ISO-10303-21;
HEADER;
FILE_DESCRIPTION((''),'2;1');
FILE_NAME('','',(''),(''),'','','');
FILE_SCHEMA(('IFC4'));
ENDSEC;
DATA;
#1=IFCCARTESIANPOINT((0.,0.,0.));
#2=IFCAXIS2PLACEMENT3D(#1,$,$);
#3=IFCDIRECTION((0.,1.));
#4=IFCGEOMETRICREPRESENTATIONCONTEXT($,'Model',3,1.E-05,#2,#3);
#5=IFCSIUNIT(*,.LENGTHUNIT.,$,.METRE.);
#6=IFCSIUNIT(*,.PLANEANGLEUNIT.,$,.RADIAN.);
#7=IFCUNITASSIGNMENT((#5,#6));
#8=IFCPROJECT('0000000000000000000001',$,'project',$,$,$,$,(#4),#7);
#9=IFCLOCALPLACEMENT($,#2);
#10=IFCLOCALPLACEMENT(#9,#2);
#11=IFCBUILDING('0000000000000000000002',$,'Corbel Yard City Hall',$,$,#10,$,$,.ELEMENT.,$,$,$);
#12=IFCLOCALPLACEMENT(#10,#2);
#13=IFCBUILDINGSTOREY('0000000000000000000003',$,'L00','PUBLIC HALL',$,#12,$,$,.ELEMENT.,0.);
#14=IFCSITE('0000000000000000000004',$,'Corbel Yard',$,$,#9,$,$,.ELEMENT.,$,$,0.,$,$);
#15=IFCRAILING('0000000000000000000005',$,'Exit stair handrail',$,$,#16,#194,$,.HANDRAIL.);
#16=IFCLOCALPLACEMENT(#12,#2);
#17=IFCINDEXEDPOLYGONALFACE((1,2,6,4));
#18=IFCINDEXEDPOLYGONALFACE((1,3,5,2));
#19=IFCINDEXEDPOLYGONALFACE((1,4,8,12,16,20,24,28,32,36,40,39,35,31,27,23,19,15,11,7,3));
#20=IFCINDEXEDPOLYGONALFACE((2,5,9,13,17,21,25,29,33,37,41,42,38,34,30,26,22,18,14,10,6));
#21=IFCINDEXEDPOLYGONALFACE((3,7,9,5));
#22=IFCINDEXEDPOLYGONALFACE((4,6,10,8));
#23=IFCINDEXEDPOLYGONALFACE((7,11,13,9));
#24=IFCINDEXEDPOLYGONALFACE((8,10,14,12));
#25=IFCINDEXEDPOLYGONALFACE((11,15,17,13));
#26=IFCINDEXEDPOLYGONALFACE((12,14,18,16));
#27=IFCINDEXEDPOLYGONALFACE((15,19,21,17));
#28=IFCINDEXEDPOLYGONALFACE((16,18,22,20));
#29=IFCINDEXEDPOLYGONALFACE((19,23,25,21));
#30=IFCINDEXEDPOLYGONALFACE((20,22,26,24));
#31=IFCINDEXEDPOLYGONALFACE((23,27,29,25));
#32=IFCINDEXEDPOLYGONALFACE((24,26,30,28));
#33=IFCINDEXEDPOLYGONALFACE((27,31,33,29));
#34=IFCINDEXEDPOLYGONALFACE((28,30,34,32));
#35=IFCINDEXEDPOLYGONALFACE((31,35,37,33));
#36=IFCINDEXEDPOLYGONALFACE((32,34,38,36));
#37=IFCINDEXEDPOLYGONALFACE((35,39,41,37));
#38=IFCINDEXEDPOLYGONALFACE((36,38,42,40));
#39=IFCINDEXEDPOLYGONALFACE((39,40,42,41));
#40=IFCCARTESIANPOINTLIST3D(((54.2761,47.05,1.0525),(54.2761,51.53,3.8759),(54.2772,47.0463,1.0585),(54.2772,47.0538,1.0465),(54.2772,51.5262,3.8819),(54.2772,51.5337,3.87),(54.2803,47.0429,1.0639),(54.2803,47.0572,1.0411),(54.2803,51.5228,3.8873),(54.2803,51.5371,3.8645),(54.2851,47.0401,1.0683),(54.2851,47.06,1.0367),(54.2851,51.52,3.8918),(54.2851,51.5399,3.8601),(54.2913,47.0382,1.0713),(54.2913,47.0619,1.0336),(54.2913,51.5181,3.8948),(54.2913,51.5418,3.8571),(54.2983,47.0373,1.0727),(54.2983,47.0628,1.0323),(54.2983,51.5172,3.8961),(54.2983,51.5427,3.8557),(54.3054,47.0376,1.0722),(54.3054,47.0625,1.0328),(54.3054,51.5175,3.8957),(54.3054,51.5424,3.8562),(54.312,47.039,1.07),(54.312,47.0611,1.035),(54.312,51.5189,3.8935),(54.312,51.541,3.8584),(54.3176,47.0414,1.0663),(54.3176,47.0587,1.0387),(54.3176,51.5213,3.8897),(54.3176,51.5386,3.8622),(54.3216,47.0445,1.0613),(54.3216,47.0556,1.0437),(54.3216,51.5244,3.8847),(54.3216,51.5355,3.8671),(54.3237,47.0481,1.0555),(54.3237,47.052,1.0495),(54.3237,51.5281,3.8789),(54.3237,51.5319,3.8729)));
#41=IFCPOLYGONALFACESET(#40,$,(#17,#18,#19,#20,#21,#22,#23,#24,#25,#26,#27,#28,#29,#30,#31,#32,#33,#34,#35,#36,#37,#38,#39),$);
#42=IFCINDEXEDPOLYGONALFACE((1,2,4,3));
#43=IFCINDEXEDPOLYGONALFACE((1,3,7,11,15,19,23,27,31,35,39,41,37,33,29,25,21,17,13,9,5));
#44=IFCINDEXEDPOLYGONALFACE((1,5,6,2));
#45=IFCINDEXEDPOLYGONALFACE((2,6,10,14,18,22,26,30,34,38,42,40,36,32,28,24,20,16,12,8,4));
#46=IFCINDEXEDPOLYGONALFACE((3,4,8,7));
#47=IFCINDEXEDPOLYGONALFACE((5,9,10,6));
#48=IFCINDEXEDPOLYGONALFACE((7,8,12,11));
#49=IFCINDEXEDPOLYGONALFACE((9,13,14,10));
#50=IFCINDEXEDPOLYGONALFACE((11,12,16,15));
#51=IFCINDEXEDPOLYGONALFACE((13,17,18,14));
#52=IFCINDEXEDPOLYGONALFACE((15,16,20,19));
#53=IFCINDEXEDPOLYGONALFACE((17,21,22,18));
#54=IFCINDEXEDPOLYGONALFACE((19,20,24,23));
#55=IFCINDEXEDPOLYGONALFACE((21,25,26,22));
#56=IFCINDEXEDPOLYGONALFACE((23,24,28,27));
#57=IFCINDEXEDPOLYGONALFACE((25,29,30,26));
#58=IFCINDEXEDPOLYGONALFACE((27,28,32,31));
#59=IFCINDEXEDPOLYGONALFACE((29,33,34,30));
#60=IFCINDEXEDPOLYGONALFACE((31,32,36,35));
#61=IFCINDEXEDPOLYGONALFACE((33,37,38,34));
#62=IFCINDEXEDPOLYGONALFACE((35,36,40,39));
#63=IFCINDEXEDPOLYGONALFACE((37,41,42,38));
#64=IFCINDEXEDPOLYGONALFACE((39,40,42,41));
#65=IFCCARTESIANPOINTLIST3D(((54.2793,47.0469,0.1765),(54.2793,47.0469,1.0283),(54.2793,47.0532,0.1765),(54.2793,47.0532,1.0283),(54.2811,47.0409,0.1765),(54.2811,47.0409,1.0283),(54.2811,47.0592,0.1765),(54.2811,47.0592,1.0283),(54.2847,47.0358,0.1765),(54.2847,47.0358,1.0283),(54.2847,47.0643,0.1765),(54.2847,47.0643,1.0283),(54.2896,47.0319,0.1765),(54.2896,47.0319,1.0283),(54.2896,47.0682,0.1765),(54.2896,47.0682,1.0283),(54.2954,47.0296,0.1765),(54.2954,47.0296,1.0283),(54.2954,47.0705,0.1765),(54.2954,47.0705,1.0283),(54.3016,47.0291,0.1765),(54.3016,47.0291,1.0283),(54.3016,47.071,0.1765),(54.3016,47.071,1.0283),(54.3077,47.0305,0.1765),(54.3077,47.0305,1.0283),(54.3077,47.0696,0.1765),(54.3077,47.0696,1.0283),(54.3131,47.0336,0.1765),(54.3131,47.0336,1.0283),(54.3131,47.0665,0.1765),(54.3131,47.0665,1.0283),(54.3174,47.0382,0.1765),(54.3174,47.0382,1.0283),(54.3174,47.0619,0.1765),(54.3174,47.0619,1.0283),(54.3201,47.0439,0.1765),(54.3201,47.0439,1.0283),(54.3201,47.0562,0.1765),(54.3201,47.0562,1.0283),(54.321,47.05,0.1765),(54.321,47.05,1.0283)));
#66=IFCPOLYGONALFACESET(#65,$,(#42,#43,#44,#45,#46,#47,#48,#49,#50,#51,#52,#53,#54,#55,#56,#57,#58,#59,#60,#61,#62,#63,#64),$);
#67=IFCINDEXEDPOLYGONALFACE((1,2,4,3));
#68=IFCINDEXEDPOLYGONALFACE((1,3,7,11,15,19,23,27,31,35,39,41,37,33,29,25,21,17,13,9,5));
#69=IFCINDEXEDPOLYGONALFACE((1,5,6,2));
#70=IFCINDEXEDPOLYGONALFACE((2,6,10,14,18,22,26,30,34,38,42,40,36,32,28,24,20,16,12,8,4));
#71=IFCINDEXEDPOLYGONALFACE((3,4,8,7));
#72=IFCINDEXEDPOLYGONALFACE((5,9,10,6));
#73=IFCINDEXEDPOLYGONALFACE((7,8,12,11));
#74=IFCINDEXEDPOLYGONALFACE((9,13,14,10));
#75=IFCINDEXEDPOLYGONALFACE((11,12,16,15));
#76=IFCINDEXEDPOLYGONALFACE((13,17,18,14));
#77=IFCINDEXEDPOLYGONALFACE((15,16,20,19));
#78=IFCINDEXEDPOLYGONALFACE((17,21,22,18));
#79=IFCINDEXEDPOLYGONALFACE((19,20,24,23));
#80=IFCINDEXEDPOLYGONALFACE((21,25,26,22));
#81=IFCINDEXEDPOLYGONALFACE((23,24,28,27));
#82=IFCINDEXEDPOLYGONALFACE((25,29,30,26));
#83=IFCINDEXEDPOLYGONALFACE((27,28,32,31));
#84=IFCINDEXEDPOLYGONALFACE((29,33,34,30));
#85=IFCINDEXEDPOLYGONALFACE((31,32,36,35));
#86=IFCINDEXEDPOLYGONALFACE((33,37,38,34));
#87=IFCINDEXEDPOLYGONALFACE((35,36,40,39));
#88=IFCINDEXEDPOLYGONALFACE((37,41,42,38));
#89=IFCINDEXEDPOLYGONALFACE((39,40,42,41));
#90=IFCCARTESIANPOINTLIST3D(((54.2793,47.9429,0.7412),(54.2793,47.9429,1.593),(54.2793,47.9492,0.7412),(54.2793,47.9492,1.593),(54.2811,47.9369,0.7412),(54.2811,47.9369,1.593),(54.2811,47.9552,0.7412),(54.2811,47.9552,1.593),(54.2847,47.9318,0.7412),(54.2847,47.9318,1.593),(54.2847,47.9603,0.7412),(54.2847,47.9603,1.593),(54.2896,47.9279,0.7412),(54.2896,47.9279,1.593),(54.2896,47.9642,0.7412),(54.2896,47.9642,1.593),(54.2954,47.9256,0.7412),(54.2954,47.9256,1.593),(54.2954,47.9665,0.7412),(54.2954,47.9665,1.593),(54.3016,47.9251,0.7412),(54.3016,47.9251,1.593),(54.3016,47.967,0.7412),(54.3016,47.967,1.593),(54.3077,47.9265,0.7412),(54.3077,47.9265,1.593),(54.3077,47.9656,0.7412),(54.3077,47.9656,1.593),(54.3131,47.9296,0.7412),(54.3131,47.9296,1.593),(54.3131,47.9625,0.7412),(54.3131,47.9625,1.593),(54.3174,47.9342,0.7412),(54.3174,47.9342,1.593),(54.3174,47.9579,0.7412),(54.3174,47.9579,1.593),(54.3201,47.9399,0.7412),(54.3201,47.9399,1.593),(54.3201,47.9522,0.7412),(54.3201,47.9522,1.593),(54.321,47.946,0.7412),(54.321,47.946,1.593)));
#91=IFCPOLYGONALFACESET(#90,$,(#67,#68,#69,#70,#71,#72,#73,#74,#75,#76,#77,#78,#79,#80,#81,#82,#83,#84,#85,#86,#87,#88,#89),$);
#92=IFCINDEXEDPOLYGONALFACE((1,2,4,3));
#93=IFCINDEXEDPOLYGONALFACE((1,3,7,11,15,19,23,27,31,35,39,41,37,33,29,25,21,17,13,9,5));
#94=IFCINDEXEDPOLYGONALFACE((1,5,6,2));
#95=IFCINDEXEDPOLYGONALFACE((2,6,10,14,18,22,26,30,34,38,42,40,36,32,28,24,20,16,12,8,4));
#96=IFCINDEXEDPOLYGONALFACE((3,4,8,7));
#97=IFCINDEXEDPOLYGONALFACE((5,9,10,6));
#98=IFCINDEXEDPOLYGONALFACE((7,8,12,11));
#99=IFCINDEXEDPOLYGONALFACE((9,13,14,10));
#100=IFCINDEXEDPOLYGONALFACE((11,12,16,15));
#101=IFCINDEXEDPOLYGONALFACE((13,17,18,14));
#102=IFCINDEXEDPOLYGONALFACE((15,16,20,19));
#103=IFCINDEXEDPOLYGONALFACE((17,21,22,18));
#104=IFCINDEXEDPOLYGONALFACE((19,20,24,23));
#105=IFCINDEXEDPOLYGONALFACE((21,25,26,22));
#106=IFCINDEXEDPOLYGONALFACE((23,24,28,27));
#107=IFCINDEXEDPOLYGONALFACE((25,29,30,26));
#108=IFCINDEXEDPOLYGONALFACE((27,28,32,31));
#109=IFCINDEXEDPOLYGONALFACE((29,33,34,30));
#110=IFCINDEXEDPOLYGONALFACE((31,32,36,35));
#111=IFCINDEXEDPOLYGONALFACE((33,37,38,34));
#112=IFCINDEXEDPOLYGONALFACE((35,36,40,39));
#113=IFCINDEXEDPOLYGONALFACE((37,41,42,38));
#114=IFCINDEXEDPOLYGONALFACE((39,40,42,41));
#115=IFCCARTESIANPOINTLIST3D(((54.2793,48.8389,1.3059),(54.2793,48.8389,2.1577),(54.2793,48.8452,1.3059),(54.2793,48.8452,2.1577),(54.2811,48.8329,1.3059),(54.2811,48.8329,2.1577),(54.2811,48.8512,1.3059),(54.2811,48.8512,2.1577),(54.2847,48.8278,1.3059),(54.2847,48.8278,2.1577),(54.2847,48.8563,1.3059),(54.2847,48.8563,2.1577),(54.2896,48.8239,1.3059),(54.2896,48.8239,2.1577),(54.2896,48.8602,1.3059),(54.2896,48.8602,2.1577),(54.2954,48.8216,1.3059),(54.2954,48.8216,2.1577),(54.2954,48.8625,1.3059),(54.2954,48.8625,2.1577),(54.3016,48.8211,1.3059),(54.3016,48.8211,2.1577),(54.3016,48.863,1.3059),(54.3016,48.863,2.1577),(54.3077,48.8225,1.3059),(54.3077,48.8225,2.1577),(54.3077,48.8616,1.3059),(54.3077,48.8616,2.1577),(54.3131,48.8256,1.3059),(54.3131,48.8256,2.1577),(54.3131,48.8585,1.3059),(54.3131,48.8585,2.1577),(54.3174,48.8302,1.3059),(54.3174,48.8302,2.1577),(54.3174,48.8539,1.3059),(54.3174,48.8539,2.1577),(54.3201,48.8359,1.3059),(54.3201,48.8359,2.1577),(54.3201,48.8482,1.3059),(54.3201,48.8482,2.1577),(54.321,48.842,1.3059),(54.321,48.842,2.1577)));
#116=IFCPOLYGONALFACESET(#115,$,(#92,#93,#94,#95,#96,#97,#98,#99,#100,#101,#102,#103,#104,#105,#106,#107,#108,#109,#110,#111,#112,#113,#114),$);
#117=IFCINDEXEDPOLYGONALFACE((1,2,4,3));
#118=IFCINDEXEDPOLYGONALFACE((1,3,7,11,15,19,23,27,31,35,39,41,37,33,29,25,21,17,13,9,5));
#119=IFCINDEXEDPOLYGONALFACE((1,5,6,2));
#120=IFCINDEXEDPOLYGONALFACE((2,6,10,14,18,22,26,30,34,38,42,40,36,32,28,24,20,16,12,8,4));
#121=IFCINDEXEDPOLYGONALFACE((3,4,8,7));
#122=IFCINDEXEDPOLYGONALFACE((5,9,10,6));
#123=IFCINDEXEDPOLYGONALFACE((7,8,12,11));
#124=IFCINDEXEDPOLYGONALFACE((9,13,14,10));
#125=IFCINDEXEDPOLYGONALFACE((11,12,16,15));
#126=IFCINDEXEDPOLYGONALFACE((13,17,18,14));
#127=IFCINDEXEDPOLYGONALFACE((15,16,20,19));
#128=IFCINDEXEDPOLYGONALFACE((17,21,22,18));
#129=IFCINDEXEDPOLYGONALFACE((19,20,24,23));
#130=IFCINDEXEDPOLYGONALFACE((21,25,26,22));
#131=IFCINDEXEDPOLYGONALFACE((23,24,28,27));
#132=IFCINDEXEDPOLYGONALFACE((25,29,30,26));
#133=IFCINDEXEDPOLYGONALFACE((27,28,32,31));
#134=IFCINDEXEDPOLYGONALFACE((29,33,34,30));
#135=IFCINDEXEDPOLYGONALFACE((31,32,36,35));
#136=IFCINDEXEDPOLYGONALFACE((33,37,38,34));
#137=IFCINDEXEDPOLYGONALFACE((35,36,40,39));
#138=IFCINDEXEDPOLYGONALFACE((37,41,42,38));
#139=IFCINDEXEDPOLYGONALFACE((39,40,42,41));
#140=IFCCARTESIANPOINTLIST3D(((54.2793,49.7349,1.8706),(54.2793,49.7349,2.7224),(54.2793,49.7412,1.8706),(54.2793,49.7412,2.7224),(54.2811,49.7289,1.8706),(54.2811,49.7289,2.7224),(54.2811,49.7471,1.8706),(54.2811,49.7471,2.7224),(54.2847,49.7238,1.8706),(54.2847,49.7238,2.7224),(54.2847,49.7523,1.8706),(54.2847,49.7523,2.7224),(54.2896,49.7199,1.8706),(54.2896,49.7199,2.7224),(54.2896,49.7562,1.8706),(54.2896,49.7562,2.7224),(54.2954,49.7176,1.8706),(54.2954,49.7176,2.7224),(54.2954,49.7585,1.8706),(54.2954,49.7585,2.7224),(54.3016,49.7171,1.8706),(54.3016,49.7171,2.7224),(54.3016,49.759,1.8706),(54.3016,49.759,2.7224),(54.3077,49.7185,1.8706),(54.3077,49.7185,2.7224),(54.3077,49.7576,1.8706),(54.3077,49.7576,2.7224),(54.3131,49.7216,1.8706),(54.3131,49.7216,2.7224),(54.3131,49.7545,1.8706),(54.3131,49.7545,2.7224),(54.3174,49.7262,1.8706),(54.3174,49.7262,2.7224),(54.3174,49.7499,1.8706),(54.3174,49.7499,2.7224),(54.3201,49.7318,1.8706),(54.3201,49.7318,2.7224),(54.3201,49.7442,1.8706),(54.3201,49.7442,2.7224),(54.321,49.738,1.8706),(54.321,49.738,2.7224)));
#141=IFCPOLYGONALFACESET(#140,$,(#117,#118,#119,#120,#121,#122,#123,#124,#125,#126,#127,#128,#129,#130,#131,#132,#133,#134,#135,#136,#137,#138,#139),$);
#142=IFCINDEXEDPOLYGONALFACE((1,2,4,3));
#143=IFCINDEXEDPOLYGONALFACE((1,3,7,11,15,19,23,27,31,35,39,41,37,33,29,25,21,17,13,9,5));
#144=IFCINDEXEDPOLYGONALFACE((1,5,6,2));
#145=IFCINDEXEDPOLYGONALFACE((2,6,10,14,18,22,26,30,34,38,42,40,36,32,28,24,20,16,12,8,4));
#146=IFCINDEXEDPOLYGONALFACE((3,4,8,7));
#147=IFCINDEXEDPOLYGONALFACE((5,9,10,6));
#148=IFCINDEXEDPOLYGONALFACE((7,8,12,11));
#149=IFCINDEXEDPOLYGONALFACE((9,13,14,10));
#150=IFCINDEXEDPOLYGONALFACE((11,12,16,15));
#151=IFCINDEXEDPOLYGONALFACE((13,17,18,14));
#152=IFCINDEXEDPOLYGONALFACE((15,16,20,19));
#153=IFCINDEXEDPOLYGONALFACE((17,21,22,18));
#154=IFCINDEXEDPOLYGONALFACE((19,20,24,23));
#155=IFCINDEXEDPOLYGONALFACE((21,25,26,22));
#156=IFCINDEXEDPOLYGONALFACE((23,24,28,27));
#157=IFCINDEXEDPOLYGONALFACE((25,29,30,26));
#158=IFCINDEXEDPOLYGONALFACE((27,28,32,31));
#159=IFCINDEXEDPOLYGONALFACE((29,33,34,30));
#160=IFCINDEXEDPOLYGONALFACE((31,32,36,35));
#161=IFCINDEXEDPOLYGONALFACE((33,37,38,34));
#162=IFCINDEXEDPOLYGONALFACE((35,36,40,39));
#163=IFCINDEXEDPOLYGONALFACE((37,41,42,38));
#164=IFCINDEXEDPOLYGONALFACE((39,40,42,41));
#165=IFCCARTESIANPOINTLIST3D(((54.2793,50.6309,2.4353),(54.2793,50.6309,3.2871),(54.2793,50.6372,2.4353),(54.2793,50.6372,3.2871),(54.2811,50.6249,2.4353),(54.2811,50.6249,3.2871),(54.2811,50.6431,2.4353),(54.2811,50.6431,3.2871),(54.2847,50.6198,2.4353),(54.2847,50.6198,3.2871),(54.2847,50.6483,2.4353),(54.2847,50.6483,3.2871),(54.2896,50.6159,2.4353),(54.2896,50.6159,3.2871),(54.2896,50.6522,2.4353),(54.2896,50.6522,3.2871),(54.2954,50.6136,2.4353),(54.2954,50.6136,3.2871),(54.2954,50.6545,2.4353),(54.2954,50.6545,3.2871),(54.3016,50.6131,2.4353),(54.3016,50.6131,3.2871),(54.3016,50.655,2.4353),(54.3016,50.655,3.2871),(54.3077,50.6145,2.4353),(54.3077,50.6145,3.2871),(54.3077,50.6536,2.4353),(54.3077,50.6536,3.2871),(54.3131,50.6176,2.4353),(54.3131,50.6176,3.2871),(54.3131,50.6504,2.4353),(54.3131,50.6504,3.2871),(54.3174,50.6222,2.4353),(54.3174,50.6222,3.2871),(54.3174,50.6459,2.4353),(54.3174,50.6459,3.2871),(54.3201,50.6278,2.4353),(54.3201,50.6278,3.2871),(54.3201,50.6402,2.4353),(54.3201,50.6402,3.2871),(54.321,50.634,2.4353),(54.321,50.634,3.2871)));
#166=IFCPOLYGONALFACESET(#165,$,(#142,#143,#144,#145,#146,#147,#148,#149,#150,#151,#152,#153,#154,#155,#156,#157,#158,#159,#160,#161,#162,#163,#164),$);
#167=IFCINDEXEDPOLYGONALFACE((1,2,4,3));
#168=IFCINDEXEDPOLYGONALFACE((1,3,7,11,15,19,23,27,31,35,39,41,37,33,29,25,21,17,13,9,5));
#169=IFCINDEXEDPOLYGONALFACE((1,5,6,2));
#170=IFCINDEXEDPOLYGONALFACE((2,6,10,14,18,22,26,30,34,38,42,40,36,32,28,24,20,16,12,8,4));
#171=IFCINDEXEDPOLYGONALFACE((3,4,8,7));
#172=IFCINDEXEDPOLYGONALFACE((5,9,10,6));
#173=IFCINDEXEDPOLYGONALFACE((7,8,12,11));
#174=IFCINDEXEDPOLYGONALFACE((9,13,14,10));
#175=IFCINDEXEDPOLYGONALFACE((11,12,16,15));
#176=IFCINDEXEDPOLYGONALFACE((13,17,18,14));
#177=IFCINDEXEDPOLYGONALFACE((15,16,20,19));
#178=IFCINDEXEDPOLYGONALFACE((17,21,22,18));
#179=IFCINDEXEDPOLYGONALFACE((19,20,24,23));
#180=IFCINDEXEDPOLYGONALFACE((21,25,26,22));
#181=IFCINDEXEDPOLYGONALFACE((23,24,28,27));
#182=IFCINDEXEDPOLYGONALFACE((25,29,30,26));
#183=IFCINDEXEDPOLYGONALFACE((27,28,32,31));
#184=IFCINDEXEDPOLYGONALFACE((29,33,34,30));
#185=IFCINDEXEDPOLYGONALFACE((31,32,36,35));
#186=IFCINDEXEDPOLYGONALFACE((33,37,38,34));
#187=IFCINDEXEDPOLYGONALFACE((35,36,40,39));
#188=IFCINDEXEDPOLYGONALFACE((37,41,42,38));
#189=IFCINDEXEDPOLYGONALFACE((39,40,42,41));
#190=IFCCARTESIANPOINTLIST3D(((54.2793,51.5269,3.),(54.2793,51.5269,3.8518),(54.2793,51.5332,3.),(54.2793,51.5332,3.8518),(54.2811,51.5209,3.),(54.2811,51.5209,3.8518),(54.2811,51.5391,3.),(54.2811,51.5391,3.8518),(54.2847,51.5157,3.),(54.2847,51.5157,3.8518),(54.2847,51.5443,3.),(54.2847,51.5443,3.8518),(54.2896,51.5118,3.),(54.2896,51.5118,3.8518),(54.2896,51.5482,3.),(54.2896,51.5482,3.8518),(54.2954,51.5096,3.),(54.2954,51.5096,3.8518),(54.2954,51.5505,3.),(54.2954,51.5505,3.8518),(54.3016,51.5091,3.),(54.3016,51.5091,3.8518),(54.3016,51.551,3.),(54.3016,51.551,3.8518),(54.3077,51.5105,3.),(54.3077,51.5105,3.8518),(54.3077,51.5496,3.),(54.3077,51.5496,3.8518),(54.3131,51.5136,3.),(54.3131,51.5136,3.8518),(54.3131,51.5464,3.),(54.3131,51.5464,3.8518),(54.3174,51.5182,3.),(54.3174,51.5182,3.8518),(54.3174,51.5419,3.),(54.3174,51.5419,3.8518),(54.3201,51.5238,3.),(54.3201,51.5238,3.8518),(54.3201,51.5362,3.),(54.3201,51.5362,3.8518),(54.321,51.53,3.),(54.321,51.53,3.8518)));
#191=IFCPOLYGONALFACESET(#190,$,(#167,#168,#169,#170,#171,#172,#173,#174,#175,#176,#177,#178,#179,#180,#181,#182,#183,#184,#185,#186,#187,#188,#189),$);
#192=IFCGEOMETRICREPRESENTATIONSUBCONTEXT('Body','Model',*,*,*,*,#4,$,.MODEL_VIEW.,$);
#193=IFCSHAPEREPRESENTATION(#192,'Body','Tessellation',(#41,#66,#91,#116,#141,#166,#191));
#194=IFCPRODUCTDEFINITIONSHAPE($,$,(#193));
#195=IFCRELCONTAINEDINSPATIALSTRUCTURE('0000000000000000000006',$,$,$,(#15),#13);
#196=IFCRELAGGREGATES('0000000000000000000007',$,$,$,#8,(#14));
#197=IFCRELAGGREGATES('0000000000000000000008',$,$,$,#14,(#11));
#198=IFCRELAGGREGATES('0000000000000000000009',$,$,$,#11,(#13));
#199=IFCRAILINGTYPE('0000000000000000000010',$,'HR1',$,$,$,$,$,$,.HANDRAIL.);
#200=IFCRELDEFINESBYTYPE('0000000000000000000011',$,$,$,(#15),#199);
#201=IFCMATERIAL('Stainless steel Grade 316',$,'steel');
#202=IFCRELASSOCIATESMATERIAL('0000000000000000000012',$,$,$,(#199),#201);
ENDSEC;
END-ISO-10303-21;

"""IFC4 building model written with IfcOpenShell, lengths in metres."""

from ifc_helpers import new_model, si_unit, direction, frame, origin, origin_2d, place, context, subcontext, project, spatial, circle, extrude, material, type_object, element, save


model = new_model("IFC4")

# Units and contexts
model_context = context("Model", 3, precision=1e-05, world=origin(), true_north=direction((0.0, 1.0)))
body_context = subcontext(model_context, "Body", "Model", "MODEL_VIEW")
ifc_project = project(units=[si_unit("LENGTHUNIT", "METRE"), si_unit("PLANEANGLEUNIT", "RADIAN")], contexts=[model_context])

# Site, building, storey
site_placement = place(None, origin())
site = spatial("IfcSite", under=ifc_project, at=site_placement, Name="Corbel Yard", CompositionType="ELEMENT", RefElevation=0.0)
building_placement = place(site_placement, origin())
building = spatial("IfcBuilding", under=site, at=building_placement, Name="Corbel Yard City Hall", CompositionType="ELEMENT")
storey_placement = place(building_placement, origin())
storey = spatial("IfcBuildingStorey", under=building, at=storey_placement, Name="L00", Description="PUBLIC HALL", CompositionType="ELEMENT", Elevation=0.0)

# Railing
ifc_material_1 = material(Name="Stainless steel Grade 316", Category="steel")
railing_type = type_object("IfcRailingType", Name="HR1", PredefinedType="HANDRAIL", material=ifc_material_1)
for number, where, name in (
    (1, (54.3, 47.05, 0.1765), "Exit stair handrail"),
):
    element("IfcRailing", number, at=place(storey_placement, frame(where)), inside=storey, type_object=railing_type, Name=name, PredefinedType="HANDRAIL", context=body_context, shape_type="SweptSolid", body=[
        extrude(circle(Radius=0.0239, at=origin_2d()), frame((0.0, 0.0, 0.876), z_axis=(0.0, 0.845998, 0.533186), x_axis=(-1.0, 0.0, 0.0)), (0.0, 0.0, 1.0), 5.2954),
        extrude(circle(Radius=0.021, at=origin_2d()), origin(), (0.0, 0.0, 1.0), 0.8518),
        extrude(circle(Radius=0.021, at=origin_2d()), frame((0.0, 0.896, 0.5647)), (0.0, 0.0, 1.0), 0.8518),
        extrude(circle(Radius=0.021, at=origin_2d()), frame((0.0, 1.792, 1.1294)), (0.0, 0.0, 1.0), 0.8518),
        extrude(circle(Radius=0.021, at=origin_2d()), frame((0.0, 2.688, 1.6941)), (0.0, 0.0, 1.0), 0.8518),
        extrude(circle(Radius=0.021, at=origin_2d()), frame((0.0, 3.584, 2.2588)), (0.0, 0.0, 1.0), 0.8518),
        extrude(circle(Radius=0.021, at=origin_2d()), frame((0.0, 4.48, 2.8235)), (0.0, 0.0, 1.0), 0.8518),
    ])

save(model, "model.ifc")
